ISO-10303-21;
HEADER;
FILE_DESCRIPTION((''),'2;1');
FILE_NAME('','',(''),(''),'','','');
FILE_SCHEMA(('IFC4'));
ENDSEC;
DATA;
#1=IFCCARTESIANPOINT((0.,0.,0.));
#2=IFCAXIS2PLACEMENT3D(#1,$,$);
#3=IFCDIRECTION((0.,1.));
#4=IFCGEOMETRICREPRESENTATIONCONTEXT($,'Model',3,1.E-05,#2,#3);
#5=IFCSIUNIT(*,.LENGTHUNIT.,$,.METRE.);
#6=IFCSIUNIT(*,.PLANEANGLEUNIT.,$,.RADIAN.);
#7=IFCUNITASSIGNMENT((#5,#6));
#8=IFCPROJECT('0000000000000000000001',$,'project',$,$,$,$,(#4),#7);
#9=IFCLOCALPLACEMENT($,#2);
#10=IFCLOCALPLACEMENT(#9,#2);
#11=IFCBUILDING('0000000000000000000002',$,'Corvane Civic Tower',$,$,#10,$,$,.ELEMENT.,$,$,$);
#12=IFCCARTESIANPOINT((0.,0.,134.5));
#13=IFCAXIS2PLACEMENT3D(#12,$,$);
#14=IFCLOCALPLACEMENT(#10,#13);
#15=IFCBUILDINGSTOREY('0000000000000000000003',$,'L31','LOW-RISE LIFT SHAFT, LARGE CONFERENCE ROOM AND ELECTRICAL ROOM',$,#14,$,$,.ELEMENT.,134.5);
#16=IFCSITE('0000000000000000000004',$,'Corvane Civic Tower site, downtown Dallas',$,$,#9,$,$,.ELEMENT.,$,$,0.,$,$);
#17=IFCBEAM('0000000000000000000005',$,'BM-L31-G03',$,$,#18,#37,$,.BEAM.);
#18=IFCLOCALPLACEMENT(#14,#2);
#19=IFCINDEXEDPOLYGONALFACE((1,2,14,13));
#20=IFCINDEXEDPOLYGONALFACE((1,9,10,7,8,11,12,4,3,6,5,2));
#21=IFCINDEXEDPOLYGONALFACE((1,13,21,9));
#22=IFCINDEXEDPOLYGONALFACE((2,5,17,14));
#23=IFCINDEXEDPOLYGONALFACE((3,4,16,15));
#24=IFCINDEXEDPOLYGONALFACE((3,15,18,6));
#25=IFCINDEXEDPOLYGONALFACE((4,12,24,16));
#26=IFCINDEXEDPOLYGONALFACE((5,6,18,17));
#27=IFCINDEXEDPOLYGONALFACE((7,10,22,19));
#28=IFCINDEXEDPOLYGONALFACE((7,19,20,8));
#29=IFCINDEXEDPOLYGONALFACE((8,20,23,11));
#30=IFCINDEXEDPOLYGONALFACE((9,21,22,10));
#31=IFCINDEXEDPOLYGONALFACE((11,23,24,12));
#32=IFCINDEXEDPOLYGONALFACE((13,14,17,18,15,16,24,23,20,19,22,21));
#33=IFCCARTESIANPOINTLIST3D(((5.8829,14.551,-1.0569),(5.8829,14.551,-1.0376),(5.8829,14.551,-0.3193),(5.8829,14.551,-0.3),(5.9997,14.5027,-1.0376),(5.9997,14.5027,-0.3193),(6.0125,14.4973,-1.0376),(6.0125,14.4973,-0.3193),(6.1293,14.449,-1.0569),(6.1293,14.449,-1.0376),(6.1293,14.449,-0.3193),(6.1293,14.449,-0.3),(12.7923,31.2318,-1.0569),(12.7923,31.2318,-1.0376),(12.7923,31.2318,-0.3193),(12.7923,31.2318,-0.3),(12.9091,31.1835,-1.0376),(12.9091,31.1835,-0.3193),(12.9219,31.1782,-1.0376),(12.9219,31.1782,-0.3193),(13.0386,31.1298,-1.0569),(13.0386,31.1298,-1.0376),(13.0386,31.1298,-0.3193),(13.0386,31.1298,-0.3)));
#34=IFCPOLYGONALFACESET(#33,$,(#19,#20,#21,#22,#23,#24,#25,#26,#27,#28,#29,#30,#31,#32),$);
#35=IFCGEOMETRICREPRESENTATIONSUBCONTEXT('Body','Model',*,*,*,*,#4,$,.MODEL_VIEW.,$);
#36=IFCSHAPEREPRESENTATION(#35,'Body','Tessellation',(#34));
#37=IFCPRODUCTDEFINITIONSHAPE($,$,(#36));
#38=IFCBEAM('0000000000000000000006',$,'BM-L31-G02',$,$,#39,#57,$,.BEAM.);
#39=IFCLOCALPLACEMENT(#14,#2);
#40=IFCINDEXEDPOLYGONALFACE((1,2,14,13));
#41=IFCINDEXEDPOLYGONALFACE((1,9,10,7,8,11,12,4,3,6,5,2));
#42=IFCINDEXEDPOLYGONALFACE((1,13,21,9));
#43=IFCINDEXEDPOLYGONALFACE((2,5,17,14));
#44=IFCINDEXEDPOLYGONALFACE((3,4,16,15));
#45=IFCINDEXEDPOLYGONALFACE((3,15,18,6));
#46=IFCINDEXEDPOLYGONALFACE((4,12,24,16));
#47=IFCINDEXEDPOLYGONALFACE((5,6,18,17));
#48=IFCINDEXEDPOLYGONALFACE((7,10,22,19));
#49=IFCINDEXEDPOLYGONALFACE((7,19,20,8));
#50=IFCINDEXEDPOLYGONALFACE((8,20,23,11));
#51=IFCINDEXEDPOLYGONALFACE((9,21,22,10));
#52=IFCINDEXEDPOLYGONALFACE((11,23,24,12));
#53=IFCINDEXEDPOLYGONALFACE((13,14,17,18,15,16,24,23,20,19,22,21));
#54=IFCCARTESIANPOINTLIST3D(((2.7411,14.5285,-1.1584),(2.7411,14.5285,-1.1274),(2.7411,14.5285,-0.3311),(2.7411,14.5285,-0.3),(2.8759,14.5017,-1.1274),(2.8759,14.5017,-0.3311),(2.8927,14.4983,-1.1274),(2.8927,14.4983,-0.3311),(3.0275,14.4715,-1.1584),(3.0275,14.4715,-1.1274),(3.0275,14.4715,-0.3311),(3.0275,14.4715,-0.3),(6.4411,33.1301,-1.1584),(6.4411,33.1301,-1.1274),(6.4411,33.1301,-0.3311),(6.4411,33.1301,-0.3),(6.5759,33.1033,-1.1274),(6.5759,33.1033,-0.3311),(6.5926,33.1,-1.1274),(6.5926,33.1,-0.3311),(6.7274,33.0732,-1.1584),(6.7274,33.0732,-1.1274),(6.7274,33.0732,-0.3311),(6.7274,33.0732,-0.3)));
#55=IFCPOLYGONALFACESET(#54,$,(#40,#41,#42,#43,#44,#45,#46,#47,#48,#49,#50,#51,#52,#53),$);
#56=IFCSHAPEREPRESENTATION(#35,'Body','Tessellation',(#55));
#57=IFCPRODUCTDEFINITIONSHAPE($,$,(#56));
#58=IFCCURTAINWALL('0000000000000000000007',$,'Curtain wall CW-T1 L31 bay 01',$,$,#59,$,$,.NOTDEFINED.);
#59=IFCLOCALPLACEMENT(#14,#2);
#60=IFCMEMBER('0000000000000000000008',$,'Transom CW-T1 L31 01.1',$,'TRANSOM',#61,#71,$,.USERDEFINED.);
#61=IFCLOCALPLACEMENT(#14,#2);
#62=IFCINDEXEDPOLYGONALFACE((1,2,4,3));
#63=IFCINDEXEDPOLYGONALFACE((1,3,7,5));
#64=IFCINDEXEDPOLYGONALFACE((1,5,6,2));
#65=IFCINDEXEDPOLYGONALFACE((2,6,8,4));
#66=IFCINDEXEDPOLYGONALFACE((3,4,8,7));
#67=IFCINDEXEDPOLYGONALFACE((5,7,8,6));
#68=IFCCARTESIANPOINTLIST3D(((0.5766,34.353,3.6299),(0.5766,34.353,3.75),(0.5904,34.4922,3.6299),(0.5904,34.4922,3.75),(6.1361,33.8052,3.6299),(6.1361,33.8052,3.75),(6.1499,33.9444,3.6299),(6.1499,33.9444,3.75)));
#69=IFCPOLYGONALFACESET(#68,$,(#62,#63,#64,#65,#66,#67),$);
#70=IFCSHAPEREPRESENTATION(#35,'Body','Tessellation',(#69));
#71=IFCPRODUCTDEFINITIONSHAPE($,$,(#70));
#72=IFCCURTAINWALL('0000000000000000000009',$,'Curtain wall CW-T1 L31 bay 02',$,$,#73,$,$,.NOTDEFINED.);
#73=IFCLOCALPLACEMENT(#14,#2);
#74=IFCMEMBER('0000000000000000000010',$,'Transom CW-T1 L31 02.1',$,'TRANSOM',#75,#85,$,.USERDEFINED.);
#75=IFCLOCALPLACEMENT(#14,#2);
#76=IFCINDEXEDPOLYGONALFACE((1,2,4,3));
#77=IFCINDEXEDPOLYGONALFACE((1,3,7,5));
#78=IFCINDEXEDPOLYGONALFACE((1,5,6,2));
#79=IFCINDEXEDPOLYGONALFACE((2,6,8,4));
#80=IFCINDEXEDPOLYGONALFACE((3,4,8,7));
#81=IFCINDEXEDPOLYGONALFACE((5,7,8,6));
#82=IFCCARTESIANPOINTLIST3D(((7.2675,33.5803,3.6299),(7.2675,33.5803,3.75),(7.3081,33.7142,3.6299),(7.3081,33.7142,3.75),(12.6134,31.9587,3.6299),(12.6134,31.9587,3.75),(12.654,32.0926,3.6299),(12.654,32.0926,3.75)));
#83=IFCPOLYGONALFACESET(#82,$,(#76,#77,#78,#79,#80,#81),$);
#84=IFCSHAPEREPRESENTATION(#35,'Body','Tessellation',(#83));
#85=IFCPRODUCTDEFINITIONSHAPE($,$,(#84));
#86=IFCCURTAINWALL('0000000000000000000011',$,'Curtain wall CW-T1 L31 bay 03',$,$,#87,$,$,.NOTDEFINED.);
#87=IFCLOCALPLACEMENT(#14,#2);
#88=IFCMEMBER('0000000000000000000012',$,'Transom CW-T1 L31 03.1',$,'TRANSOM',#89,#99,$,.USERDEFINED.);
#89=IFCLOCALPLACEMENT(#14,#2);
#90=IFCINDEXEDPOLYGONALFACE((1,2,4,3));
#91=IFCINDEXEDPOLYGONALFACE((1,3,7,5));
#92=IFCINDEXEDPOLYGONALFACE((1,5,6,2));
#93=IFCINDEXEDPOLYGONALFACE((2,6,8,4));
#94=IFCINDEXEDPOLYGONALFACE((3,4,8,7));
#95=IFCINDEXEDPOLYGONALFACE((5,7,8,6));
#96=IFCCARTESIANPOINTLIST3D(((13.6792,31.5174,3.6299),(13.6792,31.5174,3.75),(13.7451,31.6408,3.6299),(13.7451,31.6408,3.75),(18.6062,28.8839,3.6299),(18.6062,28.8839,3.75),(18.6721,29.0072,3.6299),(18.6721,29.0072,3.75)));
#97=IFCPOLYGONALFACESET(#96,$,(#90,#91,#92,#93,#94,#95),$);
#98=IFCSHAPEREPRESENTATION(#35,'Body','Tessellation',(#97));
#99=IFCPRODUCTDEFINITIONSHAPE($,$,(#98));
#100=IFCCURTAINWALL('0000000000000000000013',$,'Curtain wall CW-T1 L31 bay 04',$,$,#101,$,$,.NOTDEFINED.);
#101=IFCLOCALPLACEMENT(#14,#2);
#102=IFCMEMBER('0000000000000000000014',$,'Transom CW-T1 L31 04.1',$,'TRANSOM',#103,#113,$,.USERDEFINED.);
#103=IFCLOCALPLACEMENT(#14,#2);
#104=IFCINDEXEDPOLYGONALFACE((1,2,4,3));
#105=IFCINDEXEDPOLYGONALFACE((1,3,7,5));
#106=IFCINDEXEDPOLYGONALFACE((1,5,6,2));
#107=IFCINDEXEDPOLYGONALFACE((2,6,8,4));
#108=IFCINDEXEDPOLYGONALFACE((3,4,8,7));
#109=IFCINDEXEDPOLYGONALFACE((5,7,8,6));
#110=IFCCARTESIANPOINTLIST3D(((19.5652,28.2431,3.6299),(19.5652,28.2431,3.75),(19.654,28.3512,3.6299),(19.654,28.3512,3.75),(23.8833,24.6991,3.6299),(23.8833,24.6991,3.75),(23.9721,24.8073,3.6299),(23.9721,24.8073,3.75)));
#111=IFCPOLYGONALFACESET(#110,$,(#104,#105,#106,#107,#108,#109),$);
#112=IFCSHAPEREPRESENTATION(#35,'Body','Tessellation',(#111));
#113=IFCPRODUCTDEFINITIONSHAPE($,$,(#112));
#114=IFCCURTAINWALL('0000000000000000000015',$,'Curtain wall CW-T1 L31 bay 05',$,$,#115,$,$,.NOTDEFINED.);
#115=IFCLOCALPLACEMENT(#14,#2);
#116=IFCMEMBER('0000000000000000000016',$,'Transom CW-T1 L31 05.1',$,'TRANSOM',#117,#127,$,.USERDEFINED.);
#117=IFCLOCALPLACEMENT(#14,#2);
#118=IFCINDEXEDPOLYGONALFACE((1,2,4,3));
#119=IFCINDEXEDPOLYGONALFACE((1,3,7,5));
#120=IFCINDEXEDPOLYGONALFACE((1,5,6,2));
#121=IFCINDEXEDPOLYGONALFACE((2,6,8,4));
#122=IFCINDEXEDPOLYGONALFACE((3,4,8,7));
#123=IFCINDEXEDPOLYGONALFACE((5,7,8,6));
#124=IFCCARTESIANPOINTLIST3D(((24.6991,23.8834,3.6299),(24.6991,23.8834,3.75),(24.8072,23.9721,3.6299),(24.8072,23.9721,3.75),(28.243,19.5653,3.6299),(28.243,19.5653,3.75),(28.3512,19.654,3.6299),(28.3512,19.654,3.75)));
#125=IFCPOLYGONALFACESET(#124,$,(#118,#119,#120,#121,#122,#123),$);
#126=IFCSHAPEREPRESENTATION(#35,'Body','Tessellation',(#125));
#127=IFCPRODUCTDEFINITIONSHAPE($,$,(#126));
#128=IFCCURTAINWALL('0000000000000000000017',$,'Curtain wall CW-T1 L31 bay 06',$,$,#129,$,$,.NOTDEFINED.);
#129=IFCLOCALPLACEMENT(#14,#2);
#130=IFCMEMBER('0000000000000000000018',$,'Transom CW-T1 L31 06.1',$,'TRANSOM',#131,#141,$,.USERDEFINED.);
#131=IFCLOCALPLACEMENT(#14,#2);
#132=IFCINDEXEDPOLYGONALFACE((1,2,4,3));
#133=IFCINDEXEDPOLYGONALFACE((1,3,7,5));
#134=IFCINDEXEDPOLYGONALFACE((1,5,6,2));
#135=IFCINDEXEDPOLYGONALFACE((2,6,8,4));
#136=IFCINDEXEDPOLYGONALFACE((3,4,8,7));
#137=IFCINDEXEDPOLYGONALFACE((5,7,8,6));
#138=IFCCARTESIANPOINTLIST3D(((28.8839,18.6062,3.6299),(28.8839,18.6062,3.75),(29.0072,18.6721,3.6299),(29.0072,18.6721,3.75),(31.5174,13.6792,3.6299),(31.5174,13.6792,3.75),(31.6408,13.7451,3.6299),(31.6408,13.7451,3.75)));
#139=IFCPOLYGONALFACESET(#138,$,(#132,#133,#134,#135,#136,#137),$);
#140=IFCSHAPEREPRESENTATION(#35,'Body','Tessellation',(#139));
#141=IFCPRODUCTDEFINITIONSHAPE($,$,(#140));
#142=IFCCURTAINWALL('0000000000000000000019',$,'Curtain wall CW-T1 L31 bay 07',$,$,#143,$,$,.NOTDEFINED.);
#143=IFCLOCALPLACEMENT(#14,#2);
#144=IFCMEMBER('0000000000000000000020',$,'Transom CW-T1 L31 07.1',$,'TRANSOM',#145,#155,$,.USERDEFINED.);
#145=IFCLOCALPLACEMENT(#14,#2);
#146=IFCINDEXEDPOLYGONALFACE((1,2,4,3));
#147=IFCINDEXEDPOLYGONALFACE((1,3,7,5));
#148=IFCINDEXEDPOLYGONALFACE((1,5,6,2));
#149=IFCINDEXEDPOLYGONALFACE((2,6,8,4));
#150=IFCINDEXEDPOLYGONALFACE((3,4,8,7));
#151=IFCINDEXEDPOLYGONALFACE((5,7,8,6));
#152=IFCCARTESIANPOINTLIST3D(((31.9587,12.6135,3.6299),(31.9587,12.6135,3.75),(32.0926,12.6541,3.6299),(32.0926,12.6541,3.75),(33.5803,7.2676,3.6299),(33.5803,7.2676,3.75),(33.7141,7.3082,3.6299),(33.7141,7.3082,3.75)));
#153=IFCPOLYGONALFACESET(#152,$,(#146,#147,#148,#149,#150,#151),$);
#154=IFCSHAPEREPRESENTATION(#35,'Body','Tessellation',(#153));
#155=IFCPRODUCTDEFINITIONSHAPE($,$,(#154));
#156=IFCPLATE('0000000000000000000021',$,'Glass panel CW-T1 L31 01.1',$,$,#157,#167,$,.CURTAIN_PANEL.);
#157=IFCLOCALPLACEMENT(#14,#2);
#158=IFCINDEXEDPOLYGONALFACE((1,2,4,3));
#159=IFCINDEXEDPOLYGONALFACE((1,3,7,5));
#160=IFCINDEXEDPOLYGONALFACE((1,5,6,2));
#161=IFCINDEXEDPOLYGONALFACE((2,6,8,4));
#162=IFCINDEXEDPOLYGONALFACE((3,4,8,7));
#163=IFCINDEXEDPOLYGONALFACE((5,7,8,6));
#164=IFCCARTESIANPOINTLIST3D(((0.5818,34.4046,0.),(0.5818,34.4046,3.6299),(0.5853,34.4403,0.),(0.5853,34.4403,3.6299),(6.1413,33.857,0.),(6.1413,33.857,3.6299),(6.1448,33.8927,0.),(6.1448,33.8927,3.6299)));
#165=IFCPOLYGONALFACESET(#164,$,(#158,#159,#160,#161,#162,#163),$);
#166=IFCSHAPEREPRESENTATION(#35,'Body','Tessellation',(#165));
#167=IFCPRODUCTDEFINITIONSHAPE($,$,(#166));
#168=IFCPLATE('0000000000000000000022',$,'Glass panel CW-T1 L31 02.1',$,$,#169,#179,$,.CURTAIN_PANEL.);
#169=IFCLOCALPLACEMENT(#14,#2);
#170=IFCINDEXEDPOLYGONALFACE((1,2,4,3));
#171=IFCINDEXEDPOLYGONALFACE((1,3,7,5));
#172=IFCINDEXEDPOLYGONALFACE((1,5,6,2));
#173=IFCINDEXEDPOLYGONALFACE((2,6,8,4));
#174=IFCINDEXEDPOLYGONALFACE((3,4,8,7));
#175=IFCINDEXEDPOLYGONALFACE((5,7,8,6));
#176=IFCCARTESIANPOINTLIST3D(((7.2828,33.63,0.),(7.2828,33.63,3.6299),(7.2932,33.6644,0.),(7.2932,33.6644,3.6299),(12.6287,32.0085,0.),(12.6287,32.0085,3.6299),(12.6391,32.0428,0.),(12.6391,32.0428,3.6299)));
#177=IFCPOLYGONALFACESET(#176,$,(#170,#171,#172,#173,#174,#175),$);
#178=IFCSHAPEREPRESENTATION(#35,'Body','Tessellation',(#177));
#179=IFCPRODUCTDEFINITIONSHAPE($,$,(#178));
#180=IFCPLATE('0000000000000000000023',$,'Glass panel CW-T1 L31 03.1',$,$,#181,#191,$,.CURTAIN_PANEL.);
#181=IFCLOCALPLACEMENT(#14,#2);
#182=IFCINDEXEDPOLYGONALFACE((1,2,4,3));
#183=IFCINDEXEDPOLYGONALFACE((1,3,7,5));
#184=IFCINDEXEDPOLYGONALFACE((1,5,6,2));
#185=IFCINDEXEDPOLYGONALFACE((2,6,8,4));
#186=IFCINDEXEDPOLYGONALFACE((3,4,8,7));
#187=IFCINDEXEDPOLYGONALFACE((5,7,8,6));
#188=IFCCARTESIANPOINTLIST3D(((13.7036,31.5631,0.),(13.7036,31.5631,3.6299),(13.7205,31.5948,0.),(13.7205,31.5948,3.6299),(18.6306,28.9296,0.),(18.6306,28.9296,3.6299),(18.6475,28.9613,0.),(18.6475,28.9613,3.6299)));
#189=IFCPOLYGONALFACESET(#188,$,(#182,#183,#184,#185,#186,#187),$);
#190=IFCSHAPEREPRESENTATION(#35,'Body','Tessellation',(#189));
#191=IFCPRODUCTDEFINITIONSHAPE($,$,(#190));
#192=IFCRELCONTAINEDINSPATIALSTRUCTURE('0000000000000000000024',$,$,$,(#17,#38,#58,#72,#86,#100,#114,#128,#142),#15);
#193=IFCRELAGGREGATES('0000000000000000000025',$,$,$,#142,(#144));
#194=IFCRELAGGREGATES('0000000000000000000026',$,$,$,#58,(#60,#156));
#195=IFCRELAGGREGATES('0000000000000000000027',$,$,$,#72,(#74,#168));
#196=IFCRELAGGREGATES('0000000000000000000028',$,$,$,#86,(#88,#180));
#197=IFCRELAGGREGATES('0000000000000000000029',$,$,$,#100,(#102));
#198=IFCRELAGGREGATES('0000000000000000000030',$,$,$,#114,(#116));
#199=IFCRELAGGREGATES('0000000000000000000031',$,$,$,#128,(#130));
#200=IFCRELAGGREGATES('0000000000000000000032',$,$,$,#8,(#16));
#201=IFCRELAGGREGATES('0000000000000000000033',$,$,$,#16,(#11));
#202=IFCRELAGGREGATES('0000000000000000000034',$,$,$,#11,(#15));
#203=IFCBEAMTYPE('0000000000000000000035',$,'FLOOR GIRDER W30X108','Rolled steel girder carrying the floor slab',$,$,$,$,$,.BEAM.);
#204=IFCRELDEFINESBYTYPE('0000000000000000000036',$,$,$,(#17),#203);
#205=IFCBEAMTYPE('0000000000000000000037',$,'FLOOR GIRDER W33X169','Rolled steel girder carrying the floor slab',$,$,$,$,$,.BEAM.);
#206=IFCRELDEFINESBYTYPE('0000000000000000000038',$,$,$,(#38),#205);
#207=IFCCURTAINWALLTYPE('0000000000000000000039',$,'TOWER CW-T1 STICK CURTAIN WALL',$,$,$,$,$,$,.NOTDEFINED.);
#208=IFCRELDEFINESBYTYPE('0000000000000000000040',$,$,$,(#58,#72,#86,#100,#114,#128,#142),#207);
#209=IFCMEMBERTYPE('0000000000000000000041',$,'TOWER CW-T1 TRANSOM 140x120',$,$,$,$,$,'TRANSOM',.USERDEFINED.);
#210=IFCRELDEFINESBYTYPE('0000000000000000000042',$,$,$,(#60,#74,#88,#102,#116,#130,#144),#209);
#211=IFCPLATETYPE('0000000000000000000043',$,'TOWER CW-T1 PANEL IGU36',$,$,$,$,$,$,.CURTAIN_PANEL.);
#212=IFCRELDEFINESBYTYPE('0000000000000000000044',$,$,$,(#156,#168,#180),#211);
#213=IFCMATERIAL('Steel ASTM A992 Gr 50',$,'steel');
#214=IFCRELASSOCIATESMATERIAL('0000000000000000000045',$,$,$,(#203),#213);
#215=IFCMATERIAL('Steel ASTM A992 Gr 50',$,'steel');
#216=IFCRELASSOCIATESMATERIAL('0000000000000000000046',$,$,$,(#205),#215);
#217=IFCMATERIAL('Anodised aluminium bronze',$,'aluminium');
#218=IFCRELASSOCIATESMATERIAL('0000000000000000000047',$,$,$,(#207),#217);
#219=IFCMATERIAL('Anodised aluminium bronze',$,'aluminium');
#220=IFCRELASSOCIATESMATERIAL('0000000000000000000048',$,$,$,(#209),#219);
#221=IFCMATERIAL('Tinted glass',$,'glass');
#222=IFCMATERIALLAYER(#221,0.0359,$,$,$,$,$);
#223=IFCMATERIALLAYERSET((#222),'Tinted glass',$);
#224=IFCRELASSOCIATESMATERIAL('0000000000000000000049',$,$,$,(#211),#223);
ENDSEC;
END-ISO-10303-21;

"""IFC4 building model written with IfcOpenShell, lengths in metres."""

from ifc_helpers import new_model, si_unit, direction, frame, origin, origin_2d, place, context, subcontext, project, spatial, rectangle, i_section, extrude, material, layer, layer_set, material_profile, profile_set, type_object, element, aggregate, save


model = new_model("IFC4")

# Units and contexts
model_context = context("Model", 3, precision=1e-05, world=origin(), true_north=direction((0.0, 1.0)))
body_context = subcontext(model_context, "Body", "Model", "MODEL_VIEW")
ifc_project = project(units=[si_unit("LENGTHUNIT", "METRE"), si_unit("PLANEANGLEUNIT", "RADIAN")], contexts=[model_context])

# Site, building, storey
site_placement = place(None, origin())
site = spatial("IfcSite", under=ifc_project, at=site_placement, Name="Corvane Civic Tower site, downtown Dallas", CompositionType="ELEMENT", RefElevation=0.0)
building_placement = place(site_placement, origin())
building = spatial("IfcBuilding", under=site, at=building_placement, Name="Corvane Civic Tower", CompositionType="ELEMENT")
storey_placement = place(building_placement, frame((0.0, 0.0, 134.5)))
storey = spatial("IfcBuildingStorey", under=building, at=storey_placement, Name="L31", Description="LOW-RISE LIFT SHAFT, LARGE CONFERENCE ROOM AND ELECTRICAL ROOM", CompositionType="ELEMENT", Elevation=134.5)

# Beams
ifc_material_1 = material(Name="Steel ASTM A992 Gr 50", Category="steel")
ifc_material_profile_1 = material_profile(ifc_material_1, i_section(OverallWidth=0.2666, OverallDepth=0.7568, WebThickness=0.0139, FlangeThickness=0.0193, at=origin_2d()), Name="W30X108")
ifc_profile_set_1 = profile_set([ifc_material_profile_1], Name="Steel ASTM A992 Gr 50")
beam_type_1 = type_object("IfcBeamType", Name="FLOOR GIRDER W30X108", Description="Rolled steel girder carrying the floor slab", PredefinedType="BEAM", material=ifc_profile_set_1)
beam_1_placement = place(storey_placement, frame((6.0061, 14.5, -0.6785), z_axis=(0.382682, 0.92388, 0.0), x_axis=(-0.92388, 0.382682, 0.0)))
element("IfcBeam", 1, at=beam_1_placement, inside=storey, type_object=beam_type_1, Name="BM-L31-G03", PredefinedType="BEAM", context=body_context, shape_type="SweptSolid", body=[
    extrude(i_section(OverallWidth=0.2666, OverallDepth=0.7568, WebThickness=0.0139, FlangeThickness=0.0193, at=origin_2d()), origin(), (0.0, 0.0, 1.0), 18.0552),
])
ifc_material_2 = material(Name="Steel ASTM A992 Gr 50", Category="steel")
ifc_material_profile_2 = material_profile(ifc_material_2, i_section(OverallWidth=0.292, OverallDepth=0.8584, WebThickness=0.0171, FlangeThickness=0.031, at=origin_2d()), Name="W33X169")
ifc_profile_set_2 = profile_set([ifc_material_profile_2], Name="Steel ASTM A992 Gr 50")
beam_type_2 = type_object("IfcBeamType", Name="FLOOR GIRDER W33X169", Description="Rolled steel girder carrying the floor slab", PredefinedType="BEAM", material=ifc_profile_set_2)
beam_2_placement = place(storey_placement, frame((2.8843, 14.5, -0.7292), z_axis=(0.195084, 0.980787, 0.0), x_axis=(-0.980787, 0.195084, 0.0)))
element("IfcBeam", 2, at=beam_2_placement, inside=storey, type_object=beam_type_2, Name="BM-L31-G02", PredefinedType="BEAM", context=body_context, shape_type="SweptSolid", body=[
    extrude(i_section(OverallWidth=0.292, OverallDepth=0.8584, WebThickness=0.0171, FlangeThickness=0.031, at=origin_2d()), origin(), (0.0, 0.0, 1.0), 18.9661),
])

# Curtain walls, members
ifc_material_3 = material(Name="Anodised aluminium bronze", Category="aluminium")
curtain_wall_type = type_object("IfcCurtainWallType", Name="TOWER CW-T1 STICK CURTAIN WALL", PredefinedType="NOTDEFINED", material=ifc_material_3)
curtain_wall_1_placement = place(storey_placement, origin())
curtain_wall_1 = element("IfcCurtainWall", 3, at=curtain_wall_1_placement, inside=storey, type_object=curtain_wall_type, Name="Curtain wall CW-T1 L31 bay 01", PredefinedType="NOTDEFINED")
ifc_material_4 = material(Name="Anodised aluminium bronze", Category="aluminium")
ifc_material_profile_3 = material_profile(ifc_material_4, rectangle(XDim=0.1399, YDim=0.1201, at=origin_2d()), Name="TOWER CW-T1 TRANSOM 140x120")
ifc_profile_set_3 = profile_set([ifc_material_profile_3], Name="Anodised aluminium bronze")
member_type = type_object("IfcMemberType", Name="TOWER CW-T1 TRANSOM 140x120", ElementType="TRANSOM", PredefinedType="USERDEFINED", material=ifc_profile_set_3)
member_1_placement = place(storey_placement, frame((0.5835, 34.4226, 3.6899), z_axis=(0.99518, -0.098067, 0.0), x_axis=(0.098067, 0.99518, 0.0)))
member_1 = element("IfcMember", 4, at=member_1_placement, type_object=member_type, Name="Transom CW-T1 L31 01.1", ObjectType="TRANSOM", PredefinedType="USERDEFINED", context=body_context, shape_type="SweptSolid", body=[
    extrude(rectangle(XDim=0.1399, YDim=0.1201, at=origin_2d()), origin(), (0.0, 0.0, 1.0), 5.5864),
])
curtain_wall_2_placement = place(storey_placement, origin())
curtain_wall_2 = element("IfcCurtainWall", 5, at=curtain_wall_2_placement, inside=storey, type_object=curtain_wall_type, Name="Curtain wall CW-T1 L31 bay 02", PredefinedType="NOTDEFINED")
member_2_placement = place(storey_placement, frame((7.2878, 33.6472, 3.6899), z_axis=(0.956945, -0.290269, 0.0), x_axis=(0.290269, 0.956945, 0.0)))
member_2 = element("IfcMember", 6, at=member_2_placement, type_object=member_type, Name="Transom CW-T1 L31 02.1", ObjectType="TRANSOM", PredefinedType="USERDEFINED", context=body_context, shape_type="SweptSolid", body=[
    extrude(rectangle(XDim=0.1399, YDim=0.1201, at=origin_2d()), origin(), (0.0, 0.0, 1.0), 5.5864),
])
curtain_wall_3_placement = place(storey_placement, origin())
curtain_wall_3 = element("IfcCurtainWall", 7, at=curtain_wall_3_placement, inside=storey, type_object=curtain_wall_type, Name="Curtain wall CW-T1 L31 bay 03", PredefinedType="NOTDEFINED")
member_3_placement = place(storey_placement, frame((13.7122, 31.5791, 3.6899), z_axis=(0.881921, -0.471398, 0.0), x_axis=(0.471398, 0.881921, 0.0)))
member_3 = element("IfcMember", 8, at=member_3_placement, type_object=member_type, Name="Transom CW-T1 L31 03.1", ObjectType="TRANSOM", PredefinedType="USERDEFINED", context=body_context, shape_type="SweptSolid", body=[
    extrude(rectangle(XDim=0.1399, YDim=0.1201, at=origin_2d()), origin(), (0.0, 0.0, 1.0), 5.5867),
])
curtain_wall_4_placement = place(storey_placement, origin())
curtain_wall_4 = element("IfcCurtainWall", 9, at=curtain_wall_4_placement, inside=storey, type_object=curtain_wall_type, Name="Curtain wall CW-T1 L31 bay 04", PredefinedType="NOTDEFINED")
member_4_placement = place(storey_placement, frame((19.6096, 28.2971, 3.6899), z_axis=(0.772996, -0.63441, 0.0), x_axis=(0.63441, 0.772996, 0.0)))
member_4 = element("IfcMember", 10, at=member_4_placement, type_object=member_type, Name="Transom CW-T1 L31 04.1", ObjectType="TRANSOM", PredefinedType="USERDEFINED", context=body_context, shape_type="SweptSolid", body=[
    extrude(rectangle(XDim=0.1399, YDim=0.1201, at=origin_2d()), origin(), (0.0, 0.0, 1.0), 5.5862),
])
curtain_wall_5_placement = place(storey_placement, origin())
curtain_wall_5 = element("IfcCurtainWall", 11, at=curtain_wall_5_placement, inside=storey, type_object=curtain_wall_type, Name="Curtain wall CW-T1 L31 bay 05", PredefinedType="NOTDEFINED")
member_5_placement = place(storey_placement, frame((24.7532, 23.9277, 3.6899), z_axis=(0.63441, -0.772996, 0.0), x_axis=(0.772996, 0.63441, 0.0)))
member_5 = element("IfcMember", 12, at=member_5_placement, type_object=member_type, Name="Transom CW-T1 L31 05.1", ObjectType="TRANSOM", PredefinedType="USERDEFINED", context=body_context, shape_type="SweptSolid", body=[
    extrude(rectangle(XDim=0.1399, YDim=0.1201, at=origin_2d()), origin(), (0.0, 0.0, 1.0), 5.5862),
])
curtain_wall_6_placement = place(storey_placement, origin())
curtain_wall_6 = element("IfcCurtainWall", 13, at=curtain_wall_6_placement, inside=storey, type_object=curtain_wall_type, Name="Curtain wall CW-T1 L31 bay 06", PredefinedType="NOTDEFINED")
member_6_placement = place(storey_placement, frame((28.9456, 18.6392, 3.6899), z_axis=(0.471398, -0.881921, 0.0), x_axis=(0.881921, 0.471398, 0.0)))
member_6 = element("IfcMember", 14, at=member_6_placement, type_object=member_type, Name="Transom CW-T1 L31 06.1", ObjectType="TRANSOM", PredefinedType="USERDEFINED", context=body_context, shape_type="SweptSolid", body=[
    extrude(rectangle(XDim=0.1399, YDim=0.1201, at=origin_2d()), origin(), (0.0, 0.0, 1.0), 5.5867),
])
curtain_wall_7_placement = place(storey_placement, origin())
curtain_wall_7 = element("IfcCurtainWall", 15, at=curtain_wall_7_placement, inside=storey, type_object=curtain_wall_type, Name="Curtain wall CW-T1 L31 bay 07", PredefinedType="NOTDEFINED")
member_7_placement = place(storey_placement, frame((32.0256, 12.6338, 3.6899), z_axis=(0.290269, -0.956945, 0.0), x_axis=(0.956945, 0.290269, 0.0)))
member_7 = element("IfcMember", 16, at=member_7_placement, type_object=member_type, Name="Transom CW-T1 L31 07.1", ObjectType="TRANSOM", PredefinedType="USERDEFINED", context=body_context, shape_type="SweptSolid", body=[
    extrude(rectangle(XDim=0.1399, YDim=0.1201, at=origin_2d()), origin(), (0.0, 0.0, 1.0), 5.5864),
])
aggregate(curtain_wall_7, [member_7])

# Plates
ifc_material_5 = material(Name="Tinted glass", Category="glass")
ifc_layer_1 = layer(ifc_material_5, 0.0359)
ifc_layer_set_1 = layer_set([ifc_layer_1], Name="Tinted glass")
plate_type = type_object("IfcPlateType", Name="TOWER CW-T1 PANEL IGU36", PredefinedType="CURTAIN_PANEL", material=ifc_layer_set_1)
plate_1_placement = place(storey_placement, frame((3.3633, 34.1487, 0.0), z_axis=(0.0, 0.0, 1.0), x_axis=(0.995184, -0.098027, 0.0)))
plate_1 = element("IfcPlate", 17, at=plate_1_placement, type_object=plate_type, Name="Glass panel CW-T1 L31 01.1", PredefinedType="CURTAIN_PANEL", context=body_context, shape_type="SweptSolid", body=[
    extrude(rectangle(XDim=5.5864, YDim=0.0359, at=origin_2d()), origin(), (0.0, 0.0, 1.0), 3.6299),
])
aggregate(curtain_wall_1, [member_1, plate_1])
plate_2_placement = place(storey_placement, frame((9.9609, 32.8364, 0.0), z_axis=(0.0, 0.0, 1.0), x_axis=(0.956946, -0.290266, 0.0)))
plate_2 = element("IfcPlate", 18, at=plate_2_placement, type_object=plate_type, Name="Glass panel CW-T1 L31 02.1", PredefinedType="CURTAIN_PANEL", context=body_context, shape_type="SweptSolid", body=[
    extrude(rectangle(XDim=5.5864, YDim=0.0359, at=origin_2d()), origin(), (0.0, 0.0, 1.0), 3.6299),
])
aggregate(curtain_wall_2, [member_2, plate_2])
plate_3_placement = place(storey_placement, frame((16.1755, 30.2622, 0.0), z_axis=(0.0, 0.0, 1.0), x_axis=(0.881924, -0.471392, 0.0)))
plate_3 = element("IfcPlate", 19, at=plate_3_placement, type_object=plate_type, Name="Glass panel CW-T1 L31 03.1", PredefinedType="CURTAIN_PANEL", context=body_context, shape_type="SweptSolid", body=[
    extrude(rectangle(XDim=5.5867, YDim=0.0359, at=origin_2d()), origin(), (0.0, 0.0, 1.0), 3.6299),
])
aggregate(curtain_wall_3, [member_3, plate_3])
aggregate(curtain_wall_4, [member_4])
aggregate(curtain_wall_5, [member_5])
aggregate(curtain_wall_6, [member_6])

save(model, "model.ifc")
